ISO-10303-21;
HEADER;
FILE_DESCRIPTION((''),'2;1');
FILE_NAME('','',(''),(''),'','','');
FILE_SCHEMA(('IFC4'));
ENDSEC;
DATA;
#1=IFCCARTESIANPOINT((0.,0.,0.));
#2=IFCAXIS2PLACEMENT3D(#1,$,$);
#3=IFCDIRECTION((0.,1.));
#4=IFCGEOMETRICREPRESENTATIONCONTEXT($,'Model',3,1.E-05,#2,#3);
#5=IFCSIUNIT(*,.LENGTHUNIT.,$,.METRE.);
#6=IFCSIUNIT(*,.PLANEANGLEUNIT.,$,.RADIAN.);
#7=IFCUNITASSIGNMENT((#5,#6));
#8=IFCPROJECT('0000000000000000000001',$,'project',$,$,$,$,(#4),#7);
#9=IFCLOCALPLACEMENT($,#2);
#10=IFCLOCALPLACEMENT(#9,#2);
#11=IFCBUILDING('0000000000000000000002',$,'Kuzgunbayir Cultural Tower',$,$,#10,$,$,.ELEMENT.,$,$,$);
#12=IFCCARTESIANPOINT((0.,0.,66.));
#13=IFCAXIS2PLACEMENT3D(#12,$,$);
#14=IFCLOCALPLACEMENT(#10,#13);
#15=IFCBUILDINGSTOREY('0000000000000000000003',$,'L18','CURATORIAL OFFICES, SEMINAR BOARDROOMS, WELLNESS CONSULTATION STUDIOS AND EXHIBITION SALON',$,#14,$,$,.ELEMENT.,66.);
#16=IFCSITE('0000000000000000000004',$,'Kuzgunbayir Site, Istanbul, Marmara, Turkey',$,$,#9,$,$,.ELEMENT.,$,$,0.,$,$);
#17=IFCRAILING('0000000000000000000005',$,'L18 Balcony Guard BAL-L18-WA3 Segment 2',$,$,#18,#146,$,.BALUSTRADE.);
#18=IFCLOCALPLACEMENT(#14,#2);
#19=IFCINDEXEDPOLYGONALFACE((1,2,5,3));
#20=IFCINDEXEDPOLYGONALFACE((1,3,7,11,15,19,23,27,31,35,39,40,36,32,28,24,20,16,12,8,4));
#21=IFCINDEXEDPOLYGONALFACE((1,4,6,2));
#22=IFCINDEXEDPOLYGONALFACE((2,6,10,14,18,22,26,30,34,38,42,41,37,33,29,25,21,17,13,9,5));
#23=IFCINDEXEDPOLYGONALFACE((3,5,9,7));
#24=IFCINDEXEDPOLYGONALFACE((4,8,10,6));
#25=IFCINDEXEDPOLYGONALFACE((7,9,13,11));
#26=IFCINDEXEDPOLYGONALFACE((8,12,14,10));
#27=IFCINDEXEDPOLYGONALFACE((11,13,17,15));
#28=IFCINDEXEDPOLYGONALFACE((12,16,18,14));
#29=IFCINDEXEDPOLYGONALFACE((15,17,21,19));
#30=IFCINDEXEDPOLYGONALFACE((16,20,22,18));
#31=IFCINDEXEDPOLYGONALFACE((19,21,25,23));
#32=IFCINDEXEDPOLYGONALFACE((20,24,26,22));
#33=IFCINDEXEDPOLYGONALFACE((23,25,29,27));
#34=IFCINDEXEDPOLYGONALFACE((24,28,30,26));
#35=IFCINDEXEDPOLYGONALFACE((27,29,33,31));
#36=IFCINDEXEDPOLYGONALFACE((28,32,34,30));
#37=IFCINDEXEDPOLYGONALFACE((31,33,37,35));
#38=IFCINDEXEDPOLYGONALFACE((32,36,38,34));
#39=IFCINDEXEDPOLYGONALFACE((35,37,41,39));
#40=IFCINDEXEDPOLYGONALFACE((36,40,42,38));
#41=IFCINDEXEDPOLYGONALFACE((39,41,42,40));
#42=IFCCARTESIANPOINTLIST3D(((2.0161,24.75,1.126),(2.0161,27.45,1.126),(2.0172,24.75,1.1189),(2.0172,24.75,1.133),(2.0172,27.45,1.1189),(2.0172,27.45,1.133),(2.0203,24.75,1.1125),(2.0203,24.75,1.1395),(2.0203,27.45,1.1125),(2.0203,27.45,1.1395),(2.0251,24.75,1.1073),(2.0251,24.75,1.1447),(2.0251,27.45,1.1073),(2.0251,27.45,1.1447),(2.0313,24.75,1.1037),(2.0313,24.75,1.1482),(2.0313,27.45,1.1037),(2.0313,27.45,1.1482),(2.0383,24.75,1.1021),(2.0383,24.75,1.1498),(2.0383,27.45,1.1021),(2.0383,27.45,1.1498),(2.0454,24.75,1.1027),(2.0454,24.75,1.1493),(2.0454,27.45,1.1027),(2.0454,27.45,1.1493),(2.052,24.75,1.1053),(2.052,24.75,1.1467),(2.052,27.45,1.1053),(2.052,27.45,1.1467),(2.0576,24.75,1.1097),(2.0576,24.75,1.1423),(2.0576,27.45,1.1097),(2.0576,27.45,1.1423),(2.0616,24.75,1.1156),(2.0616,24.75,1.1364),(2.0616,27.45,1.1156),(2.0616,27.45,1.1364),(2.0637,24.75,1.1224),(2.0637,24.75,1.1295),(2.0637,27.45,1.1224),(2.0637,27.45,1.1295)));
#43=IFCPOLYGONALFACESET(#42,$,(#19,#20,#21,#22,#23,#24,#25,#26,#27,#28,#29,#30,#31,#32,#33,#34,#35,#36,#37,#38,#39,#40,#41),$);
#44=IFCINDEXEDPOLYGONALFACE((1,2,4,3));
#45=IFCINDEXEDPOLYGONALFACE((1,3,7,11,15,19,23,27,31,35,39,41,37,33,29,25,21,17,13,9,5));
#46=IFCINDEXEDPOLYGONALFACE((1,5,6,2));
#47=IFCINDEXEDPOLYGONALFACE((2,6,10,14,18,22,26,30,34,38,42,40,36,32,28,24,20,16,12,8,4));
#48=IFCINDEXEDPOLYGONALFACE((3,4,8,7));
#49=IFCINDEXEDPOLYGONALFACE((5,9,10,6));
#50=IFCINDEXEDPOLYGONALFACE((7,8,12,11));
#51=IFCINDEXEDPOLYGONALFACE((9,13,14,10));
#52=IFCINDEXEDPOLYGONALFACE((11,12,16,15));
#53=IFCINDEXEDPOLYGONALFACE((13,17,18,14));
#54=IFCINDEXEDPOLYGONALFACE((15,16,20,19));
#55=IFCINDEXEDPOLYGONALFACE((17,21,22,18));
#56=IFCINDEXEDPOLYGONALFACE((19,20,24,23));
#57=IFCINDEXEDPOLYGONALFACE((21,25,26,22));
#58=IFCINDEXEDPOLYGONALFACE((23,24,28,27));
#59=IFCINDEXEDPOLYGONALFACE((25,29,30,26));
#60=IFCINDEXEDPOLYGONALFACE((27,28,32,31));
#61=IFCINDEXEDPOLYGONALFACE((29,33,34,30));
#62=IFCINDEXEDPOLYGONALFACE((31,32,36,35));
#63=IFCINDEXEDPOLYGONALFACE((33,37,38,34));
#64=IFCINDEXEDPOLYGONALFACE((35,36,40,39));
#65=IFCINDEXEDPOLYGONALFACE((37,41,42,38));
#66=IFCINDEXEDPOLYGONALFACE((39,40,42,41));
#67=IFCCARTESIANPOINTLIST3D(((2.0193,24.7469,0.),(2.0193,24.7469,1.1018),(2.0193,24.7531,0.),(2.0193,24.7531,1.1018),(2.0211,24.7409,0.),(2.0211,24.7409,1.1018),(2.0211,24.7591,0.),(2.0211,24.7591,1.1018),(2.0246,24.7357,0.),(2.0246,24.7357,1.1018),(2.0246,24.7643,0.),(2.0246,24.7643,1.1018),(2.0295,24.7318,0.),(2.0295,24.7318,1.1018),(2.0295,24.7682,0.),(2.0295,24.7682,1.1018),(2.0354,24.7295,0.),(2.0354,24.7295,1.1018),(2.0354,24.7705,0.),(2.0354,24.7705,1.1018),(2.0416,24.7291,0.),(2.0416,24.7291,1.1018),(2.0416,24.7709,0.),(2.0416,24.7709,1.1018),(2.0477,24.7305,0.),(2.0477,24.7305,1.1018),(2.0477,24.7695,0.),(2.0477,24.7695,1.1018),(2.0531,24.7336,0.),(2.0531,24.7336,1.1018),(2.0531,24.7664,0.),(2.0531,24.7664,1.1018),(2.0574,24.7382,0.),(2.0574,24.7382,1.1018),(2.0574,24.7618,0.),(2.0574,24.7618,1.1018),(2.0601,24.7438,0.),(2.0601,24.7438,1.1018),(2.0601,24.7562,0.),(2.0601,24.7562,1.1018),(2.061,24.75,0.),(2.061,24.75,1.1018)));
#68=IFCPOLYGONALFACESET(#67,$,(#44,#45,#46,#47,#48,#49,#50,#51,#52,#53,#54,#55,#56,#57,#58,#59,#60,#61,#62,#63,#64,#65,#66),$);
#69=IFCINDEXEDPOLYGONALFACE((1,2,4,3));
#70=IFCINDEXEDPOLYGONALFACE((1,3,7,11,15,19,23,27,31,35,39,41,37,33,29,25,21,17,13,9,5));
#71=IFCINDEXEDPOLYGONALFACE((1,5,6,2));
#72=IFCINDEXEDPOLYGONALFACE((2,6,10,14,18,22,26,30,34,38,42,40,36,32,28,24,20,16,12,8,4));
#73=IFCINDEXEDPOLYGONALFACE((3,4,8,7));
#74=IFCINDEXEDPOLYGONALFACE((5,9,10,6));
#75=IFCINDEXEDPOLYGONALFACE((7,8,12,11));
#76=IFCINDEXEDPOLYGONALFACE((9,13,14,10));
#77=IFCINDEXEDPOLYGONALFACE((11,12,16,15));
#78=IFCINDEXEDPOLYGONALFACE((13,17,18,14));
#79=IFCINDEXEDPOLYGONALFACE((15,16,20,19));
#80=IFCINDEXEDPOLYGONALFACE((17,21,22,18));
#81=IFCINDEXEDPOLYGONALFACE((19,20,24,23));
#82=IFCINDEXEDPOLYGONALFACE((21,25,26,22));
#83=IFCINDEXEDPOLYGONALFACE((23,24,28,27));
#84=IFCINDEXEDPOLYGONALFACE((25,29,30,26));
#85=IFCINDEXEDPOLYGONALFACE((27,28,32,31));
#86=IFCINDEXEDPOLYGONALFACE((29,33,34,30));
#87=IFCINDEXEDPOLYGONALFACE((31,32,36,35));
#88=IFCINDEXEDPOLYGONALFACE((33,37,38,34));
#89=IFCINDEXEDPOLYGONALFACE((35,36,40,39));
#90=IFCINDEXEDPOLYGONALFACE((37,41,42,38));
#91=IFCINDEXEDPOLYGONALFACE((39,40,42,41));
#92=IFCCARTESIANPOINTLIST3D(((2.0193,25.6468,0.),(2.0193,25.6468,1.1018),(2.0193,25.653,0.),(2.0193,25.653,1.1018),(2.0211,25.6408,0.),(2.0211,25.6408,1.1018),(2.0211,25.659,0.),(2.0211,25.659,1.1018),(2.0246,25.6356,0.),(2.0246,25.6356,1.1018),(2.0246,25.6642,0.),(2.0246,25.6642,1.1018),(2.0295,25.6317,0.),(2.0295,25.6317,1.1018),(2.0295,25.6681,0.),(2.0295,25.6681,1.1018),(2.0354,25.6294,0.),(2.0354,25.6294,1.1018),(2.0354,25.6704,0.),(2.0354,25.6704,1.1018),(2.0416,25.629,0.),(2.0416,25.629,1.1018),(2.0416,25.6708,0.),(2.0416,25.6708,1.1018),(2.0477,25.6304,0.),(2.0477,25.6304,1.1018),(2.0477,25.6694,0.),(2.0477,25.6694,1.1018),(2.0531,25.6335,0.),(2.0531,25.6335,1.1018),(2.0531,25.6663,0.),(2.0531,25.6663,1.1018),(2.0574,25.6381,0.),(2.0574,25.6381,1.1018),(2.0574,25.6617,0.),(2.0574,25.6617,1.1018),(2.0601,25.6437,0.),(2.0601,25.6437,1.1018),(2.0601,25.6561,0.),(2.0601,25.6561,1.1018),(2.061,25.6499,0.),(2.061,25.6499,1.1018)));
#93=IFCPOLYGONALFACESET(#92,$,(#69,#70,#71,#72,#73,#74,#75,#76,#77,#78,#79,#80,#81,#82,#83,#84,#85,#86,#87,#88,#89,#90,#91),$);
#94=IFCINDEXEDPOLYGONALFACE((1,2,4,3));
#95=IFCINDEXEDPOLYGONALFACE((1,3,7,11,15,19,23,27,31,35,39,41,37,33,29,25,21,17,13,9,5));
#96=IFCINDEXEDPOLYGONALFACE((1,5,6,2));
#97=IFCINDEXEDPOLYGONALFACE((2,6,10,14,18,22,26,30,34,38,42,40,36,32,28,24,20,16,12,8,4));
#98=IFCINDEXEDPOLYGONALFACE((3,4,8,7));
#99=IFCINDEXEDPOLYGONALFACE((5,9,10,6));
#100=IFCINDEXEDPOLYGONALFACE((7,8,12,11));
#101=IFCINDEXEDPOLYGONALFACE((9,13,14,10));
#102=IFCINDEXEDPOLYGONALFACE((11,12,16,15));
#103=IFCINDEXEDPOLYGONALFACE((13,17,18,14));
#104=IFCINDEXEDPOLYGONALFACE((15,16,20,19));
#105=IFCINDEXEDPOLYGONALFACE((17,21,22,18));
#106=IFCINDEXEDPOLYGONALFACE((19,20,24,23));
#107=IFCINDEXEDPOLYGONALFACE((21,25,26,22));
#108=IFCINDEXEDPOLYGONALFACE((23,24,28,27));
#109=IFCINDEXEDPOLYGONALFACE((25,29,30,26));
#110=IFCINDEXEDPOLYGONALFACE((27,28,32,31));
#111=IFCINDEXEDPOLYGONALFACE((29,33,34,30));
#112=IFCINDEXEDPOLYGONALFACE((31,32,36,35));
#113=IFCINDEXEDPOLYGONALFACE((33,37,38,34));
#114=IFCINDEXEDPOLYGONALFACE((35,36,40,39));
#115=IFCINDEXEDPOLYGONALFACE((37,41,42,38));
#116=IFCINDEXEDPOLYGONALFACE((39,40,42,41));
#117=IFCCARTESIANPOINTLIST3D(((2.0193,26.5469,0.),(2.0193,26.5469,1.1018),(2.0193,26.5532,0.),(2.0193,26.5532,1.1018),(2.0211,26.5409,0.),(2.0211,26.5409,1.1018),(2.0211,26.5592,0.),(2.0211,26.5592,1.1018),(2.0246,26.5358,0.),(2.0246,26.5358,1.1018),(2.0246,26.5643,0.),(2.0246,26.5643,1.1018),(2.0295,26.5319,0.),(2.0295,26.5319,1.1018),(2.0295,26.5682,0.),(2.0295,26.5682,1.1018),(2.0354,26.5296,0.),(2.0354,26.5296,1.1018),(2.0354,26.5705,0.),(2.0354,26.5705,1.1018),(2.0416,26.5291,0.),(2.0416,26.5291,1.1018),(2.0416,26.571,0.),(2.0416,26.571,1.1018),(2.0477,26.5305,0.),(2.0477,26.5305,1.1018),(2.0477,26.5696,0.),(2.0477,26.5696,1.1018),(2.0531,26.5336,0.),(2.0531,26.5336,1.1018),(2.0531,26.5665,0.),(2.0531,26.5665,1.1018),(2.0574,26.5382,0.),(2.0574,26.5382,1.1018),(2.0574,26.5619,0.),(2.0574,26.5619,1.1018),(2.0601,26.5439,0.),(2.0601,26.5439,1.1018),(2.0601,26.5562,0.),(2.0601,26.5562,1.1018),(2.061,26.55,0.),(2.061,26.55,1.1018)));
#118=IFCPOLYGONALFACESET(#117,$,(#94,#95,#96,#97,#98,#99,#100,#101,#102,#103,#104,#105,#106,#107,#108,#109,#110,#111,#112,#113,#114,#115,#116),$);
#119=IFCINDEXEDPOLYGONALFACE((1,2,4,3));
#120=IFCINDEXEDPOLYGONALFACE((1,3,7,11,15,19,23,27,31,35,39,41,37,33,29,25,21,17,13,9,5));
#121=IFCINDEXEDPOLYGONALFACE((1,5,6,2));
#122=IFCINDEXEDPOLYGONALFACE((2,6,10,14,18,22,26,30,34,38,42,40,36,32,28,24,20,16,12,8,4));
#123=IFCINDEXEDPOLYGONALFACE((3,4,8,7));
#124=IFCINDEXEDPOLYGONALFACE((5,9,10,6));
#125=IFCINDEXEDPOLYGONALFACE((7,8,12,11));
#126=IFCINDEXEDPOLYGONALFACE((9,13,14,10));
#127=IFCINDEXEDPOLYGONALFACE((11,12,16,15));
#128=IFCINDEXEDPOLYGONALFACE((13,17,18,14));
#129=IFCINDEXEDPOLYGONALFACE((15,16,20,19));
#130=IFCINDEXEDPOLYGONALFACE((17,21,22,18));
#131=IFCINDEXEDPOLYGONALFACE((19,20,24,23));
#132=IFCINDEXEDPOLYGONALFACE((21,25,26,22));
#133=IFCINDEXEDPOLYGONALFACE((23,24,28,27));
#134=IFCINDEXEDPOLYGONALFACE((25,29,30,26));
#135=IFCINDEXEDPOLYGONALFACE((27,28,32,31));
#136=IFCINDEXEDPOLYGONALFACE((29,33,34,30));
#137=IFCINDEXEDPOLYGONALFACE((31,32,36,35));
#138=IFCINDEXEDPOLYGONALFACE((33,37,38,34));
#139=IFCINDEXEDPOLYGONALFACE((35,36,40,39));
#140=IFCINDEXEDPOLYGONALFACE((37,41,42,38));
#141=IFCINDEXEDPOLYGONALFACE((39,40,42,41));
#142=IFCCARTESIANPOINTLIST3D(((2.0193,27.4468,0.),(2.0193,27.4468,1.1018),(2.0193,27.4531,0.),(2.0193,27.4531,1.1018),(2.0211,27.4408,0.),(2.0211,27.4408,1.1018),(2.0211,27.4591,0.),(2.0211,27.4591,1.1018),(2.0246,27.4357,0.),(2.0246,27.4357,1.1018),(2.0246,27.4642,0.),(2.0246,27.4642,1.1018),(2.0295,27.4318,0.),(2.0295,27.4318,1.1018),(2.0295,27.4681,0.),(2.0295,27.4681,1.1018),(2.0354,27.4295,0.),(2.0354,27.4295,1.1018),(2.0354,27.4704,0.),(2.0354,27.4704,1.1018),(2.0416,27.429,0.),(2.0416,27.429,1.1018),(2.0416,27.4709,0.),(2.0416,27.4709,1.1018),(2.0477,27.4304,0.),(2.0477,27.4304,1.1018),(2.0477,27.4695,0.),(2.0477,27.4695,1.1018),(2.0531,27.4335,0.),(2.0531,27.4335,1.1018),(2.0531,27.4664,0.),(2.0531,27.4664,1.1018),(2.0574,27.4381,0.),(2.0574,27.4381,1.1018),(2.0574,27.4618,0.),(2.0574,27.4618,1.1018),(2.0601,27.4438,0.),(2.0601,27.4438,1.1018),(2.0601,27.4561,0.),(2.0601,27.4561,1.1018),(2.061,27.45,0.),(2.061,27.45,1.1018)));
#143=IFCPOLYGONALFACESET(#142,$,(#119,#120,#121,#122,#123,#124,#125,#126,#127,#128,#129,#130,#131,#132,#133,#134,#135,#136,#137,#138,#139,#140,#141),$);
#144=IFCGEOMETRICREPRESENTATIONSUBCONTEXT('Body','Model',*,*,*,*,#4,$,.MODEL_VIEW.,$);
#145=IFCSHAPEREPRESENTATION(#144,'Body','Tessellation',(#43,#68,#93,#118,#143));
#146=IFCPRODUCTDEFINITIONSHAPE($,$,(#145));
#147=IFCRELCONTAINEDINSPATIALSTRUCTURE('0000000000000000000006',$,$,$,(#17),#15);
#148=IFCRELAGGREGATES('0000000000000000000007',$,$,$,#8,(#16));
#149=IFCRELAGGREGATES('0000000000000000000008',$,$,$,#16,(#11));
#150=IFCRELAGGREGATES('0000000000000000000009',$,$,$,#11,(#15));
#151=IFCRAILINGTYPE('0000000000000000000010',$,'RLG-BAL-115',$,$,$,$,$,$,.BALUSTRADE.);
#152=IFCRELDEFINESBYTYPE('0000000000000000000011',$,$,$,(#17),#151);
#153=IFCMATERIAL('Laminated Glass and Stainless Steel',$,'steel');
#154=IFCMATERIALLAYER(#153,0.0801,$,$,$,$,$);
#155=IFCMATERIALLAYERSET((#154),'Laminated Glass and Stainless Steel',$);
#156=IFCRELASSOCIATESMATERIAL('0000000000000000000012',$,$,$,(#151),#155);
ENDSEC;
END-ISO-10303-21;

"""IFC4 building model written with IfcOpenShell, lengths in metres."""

from ifc_helpers import new_model, si_unit, direction, frame, origin, origin_2d, place, context, subcontext, project, spatial, circle, extrude, material, layer, layer_set, type_object, element, save


model = new_model("IFC4")

# Units and contexts
model_context = context("Model", 3, precision=1e-05, world=origin(), true_north=direction((0.0, 1.0)))
body_context = subcontext(model_context, "Body", "Model", "MODEL_VIEW")
ifc_project = project(units=[si_unit("LENGTHUNIT", "METRE"), si_unit("PLANEANGLEUNIT", "RADIAN")], contexts=[model_context])

# Site, building, storey
site_placement = place(None, origin())
site = spatial("IfcSite", under=ifc_project, at=site_placement, Name="Kuzgunbayir Site, Istanbul, Marmara, Turkey", CompositionType="ELEMENT", RefElevation=0.0)
building_placement = place(site_placement, origin())
building = spatial("IfcBuilding", under=site, at=building_placement, Name="Kuzgunbayir Cultural Tower", CompositionType="ELEMENT")
storey_placement = place(building_placement, frame((0.0, 0.0, 66.0)))
storey = spatial("IfcBuildingStorey", under=building, at=storey_placement, Name="L18", Description="CURATORIAL OFFICES, SEMINAR BOARDROOMS, WELLNESS CONSULTATION STUDIOS AND EXHIBITION SALON", CompositionType="ELEMENT", Elevation=66.0)

# Railing
ifc_material_1 = material(Name="Laminated Glass and Stainless Steel", Category="steel")
ifc_layer_1 = layer(ifc_material_1, 0.0801)
ifc_layer_set_1 = layer_set([ifc_layer_1], Name="Laminated Glass and Stainless Steel")
railing_type = type_object("IfcRailingType", Name="RLG-BAL-115", PredefinedType="BALUSTRADE", material=ifc_layer_set_1)
railing_1_placement = place(storey_placement, frame((2.04, 24.75, 0.0)))
element("IfcRailing", 1, at=railing_1_placement, inside=storey, type_object=railing_type, Name="L18 Balcony Guard BAL-L18-WA3 Segment 2", PredefinedType="BALUSTRADE", context=body_context, shape_type="SweptSolid", body=[
    extrude(circle(Radius=0.0239, at=origin_2d()), frame((0.0, 0.0, 1.126), z_axis=(0.0, 1.0, 0.0), x_axis=(-1.0, 0.0, 0.0)), (0.0, 0.0, 1.0), 2.7),
    extrude(circle(Radius=0.021, at=origin_2d()), origin(), (0.0, 0.0, 1.0), 1.1018),
    extrude(circle(Radius=0.021, at=origin_2d()), frame((0.0, 0.8999, 0.0)), (0.0, 0.0, 1.0), 1.1018),
    extrude(circle(Radius=0.021, at=origin_2d()), frame((0.0, 1.8, 0.0)), (0.0, 0.0, 1.0), 1.1018),
    extrude(circle(Radius=0.021, at=origin_2d()), frame((0.0, 2.7, 0.0)), (0.0, 0.0, 1.0), 1.1018),
])

save(model, "model.ifc")
